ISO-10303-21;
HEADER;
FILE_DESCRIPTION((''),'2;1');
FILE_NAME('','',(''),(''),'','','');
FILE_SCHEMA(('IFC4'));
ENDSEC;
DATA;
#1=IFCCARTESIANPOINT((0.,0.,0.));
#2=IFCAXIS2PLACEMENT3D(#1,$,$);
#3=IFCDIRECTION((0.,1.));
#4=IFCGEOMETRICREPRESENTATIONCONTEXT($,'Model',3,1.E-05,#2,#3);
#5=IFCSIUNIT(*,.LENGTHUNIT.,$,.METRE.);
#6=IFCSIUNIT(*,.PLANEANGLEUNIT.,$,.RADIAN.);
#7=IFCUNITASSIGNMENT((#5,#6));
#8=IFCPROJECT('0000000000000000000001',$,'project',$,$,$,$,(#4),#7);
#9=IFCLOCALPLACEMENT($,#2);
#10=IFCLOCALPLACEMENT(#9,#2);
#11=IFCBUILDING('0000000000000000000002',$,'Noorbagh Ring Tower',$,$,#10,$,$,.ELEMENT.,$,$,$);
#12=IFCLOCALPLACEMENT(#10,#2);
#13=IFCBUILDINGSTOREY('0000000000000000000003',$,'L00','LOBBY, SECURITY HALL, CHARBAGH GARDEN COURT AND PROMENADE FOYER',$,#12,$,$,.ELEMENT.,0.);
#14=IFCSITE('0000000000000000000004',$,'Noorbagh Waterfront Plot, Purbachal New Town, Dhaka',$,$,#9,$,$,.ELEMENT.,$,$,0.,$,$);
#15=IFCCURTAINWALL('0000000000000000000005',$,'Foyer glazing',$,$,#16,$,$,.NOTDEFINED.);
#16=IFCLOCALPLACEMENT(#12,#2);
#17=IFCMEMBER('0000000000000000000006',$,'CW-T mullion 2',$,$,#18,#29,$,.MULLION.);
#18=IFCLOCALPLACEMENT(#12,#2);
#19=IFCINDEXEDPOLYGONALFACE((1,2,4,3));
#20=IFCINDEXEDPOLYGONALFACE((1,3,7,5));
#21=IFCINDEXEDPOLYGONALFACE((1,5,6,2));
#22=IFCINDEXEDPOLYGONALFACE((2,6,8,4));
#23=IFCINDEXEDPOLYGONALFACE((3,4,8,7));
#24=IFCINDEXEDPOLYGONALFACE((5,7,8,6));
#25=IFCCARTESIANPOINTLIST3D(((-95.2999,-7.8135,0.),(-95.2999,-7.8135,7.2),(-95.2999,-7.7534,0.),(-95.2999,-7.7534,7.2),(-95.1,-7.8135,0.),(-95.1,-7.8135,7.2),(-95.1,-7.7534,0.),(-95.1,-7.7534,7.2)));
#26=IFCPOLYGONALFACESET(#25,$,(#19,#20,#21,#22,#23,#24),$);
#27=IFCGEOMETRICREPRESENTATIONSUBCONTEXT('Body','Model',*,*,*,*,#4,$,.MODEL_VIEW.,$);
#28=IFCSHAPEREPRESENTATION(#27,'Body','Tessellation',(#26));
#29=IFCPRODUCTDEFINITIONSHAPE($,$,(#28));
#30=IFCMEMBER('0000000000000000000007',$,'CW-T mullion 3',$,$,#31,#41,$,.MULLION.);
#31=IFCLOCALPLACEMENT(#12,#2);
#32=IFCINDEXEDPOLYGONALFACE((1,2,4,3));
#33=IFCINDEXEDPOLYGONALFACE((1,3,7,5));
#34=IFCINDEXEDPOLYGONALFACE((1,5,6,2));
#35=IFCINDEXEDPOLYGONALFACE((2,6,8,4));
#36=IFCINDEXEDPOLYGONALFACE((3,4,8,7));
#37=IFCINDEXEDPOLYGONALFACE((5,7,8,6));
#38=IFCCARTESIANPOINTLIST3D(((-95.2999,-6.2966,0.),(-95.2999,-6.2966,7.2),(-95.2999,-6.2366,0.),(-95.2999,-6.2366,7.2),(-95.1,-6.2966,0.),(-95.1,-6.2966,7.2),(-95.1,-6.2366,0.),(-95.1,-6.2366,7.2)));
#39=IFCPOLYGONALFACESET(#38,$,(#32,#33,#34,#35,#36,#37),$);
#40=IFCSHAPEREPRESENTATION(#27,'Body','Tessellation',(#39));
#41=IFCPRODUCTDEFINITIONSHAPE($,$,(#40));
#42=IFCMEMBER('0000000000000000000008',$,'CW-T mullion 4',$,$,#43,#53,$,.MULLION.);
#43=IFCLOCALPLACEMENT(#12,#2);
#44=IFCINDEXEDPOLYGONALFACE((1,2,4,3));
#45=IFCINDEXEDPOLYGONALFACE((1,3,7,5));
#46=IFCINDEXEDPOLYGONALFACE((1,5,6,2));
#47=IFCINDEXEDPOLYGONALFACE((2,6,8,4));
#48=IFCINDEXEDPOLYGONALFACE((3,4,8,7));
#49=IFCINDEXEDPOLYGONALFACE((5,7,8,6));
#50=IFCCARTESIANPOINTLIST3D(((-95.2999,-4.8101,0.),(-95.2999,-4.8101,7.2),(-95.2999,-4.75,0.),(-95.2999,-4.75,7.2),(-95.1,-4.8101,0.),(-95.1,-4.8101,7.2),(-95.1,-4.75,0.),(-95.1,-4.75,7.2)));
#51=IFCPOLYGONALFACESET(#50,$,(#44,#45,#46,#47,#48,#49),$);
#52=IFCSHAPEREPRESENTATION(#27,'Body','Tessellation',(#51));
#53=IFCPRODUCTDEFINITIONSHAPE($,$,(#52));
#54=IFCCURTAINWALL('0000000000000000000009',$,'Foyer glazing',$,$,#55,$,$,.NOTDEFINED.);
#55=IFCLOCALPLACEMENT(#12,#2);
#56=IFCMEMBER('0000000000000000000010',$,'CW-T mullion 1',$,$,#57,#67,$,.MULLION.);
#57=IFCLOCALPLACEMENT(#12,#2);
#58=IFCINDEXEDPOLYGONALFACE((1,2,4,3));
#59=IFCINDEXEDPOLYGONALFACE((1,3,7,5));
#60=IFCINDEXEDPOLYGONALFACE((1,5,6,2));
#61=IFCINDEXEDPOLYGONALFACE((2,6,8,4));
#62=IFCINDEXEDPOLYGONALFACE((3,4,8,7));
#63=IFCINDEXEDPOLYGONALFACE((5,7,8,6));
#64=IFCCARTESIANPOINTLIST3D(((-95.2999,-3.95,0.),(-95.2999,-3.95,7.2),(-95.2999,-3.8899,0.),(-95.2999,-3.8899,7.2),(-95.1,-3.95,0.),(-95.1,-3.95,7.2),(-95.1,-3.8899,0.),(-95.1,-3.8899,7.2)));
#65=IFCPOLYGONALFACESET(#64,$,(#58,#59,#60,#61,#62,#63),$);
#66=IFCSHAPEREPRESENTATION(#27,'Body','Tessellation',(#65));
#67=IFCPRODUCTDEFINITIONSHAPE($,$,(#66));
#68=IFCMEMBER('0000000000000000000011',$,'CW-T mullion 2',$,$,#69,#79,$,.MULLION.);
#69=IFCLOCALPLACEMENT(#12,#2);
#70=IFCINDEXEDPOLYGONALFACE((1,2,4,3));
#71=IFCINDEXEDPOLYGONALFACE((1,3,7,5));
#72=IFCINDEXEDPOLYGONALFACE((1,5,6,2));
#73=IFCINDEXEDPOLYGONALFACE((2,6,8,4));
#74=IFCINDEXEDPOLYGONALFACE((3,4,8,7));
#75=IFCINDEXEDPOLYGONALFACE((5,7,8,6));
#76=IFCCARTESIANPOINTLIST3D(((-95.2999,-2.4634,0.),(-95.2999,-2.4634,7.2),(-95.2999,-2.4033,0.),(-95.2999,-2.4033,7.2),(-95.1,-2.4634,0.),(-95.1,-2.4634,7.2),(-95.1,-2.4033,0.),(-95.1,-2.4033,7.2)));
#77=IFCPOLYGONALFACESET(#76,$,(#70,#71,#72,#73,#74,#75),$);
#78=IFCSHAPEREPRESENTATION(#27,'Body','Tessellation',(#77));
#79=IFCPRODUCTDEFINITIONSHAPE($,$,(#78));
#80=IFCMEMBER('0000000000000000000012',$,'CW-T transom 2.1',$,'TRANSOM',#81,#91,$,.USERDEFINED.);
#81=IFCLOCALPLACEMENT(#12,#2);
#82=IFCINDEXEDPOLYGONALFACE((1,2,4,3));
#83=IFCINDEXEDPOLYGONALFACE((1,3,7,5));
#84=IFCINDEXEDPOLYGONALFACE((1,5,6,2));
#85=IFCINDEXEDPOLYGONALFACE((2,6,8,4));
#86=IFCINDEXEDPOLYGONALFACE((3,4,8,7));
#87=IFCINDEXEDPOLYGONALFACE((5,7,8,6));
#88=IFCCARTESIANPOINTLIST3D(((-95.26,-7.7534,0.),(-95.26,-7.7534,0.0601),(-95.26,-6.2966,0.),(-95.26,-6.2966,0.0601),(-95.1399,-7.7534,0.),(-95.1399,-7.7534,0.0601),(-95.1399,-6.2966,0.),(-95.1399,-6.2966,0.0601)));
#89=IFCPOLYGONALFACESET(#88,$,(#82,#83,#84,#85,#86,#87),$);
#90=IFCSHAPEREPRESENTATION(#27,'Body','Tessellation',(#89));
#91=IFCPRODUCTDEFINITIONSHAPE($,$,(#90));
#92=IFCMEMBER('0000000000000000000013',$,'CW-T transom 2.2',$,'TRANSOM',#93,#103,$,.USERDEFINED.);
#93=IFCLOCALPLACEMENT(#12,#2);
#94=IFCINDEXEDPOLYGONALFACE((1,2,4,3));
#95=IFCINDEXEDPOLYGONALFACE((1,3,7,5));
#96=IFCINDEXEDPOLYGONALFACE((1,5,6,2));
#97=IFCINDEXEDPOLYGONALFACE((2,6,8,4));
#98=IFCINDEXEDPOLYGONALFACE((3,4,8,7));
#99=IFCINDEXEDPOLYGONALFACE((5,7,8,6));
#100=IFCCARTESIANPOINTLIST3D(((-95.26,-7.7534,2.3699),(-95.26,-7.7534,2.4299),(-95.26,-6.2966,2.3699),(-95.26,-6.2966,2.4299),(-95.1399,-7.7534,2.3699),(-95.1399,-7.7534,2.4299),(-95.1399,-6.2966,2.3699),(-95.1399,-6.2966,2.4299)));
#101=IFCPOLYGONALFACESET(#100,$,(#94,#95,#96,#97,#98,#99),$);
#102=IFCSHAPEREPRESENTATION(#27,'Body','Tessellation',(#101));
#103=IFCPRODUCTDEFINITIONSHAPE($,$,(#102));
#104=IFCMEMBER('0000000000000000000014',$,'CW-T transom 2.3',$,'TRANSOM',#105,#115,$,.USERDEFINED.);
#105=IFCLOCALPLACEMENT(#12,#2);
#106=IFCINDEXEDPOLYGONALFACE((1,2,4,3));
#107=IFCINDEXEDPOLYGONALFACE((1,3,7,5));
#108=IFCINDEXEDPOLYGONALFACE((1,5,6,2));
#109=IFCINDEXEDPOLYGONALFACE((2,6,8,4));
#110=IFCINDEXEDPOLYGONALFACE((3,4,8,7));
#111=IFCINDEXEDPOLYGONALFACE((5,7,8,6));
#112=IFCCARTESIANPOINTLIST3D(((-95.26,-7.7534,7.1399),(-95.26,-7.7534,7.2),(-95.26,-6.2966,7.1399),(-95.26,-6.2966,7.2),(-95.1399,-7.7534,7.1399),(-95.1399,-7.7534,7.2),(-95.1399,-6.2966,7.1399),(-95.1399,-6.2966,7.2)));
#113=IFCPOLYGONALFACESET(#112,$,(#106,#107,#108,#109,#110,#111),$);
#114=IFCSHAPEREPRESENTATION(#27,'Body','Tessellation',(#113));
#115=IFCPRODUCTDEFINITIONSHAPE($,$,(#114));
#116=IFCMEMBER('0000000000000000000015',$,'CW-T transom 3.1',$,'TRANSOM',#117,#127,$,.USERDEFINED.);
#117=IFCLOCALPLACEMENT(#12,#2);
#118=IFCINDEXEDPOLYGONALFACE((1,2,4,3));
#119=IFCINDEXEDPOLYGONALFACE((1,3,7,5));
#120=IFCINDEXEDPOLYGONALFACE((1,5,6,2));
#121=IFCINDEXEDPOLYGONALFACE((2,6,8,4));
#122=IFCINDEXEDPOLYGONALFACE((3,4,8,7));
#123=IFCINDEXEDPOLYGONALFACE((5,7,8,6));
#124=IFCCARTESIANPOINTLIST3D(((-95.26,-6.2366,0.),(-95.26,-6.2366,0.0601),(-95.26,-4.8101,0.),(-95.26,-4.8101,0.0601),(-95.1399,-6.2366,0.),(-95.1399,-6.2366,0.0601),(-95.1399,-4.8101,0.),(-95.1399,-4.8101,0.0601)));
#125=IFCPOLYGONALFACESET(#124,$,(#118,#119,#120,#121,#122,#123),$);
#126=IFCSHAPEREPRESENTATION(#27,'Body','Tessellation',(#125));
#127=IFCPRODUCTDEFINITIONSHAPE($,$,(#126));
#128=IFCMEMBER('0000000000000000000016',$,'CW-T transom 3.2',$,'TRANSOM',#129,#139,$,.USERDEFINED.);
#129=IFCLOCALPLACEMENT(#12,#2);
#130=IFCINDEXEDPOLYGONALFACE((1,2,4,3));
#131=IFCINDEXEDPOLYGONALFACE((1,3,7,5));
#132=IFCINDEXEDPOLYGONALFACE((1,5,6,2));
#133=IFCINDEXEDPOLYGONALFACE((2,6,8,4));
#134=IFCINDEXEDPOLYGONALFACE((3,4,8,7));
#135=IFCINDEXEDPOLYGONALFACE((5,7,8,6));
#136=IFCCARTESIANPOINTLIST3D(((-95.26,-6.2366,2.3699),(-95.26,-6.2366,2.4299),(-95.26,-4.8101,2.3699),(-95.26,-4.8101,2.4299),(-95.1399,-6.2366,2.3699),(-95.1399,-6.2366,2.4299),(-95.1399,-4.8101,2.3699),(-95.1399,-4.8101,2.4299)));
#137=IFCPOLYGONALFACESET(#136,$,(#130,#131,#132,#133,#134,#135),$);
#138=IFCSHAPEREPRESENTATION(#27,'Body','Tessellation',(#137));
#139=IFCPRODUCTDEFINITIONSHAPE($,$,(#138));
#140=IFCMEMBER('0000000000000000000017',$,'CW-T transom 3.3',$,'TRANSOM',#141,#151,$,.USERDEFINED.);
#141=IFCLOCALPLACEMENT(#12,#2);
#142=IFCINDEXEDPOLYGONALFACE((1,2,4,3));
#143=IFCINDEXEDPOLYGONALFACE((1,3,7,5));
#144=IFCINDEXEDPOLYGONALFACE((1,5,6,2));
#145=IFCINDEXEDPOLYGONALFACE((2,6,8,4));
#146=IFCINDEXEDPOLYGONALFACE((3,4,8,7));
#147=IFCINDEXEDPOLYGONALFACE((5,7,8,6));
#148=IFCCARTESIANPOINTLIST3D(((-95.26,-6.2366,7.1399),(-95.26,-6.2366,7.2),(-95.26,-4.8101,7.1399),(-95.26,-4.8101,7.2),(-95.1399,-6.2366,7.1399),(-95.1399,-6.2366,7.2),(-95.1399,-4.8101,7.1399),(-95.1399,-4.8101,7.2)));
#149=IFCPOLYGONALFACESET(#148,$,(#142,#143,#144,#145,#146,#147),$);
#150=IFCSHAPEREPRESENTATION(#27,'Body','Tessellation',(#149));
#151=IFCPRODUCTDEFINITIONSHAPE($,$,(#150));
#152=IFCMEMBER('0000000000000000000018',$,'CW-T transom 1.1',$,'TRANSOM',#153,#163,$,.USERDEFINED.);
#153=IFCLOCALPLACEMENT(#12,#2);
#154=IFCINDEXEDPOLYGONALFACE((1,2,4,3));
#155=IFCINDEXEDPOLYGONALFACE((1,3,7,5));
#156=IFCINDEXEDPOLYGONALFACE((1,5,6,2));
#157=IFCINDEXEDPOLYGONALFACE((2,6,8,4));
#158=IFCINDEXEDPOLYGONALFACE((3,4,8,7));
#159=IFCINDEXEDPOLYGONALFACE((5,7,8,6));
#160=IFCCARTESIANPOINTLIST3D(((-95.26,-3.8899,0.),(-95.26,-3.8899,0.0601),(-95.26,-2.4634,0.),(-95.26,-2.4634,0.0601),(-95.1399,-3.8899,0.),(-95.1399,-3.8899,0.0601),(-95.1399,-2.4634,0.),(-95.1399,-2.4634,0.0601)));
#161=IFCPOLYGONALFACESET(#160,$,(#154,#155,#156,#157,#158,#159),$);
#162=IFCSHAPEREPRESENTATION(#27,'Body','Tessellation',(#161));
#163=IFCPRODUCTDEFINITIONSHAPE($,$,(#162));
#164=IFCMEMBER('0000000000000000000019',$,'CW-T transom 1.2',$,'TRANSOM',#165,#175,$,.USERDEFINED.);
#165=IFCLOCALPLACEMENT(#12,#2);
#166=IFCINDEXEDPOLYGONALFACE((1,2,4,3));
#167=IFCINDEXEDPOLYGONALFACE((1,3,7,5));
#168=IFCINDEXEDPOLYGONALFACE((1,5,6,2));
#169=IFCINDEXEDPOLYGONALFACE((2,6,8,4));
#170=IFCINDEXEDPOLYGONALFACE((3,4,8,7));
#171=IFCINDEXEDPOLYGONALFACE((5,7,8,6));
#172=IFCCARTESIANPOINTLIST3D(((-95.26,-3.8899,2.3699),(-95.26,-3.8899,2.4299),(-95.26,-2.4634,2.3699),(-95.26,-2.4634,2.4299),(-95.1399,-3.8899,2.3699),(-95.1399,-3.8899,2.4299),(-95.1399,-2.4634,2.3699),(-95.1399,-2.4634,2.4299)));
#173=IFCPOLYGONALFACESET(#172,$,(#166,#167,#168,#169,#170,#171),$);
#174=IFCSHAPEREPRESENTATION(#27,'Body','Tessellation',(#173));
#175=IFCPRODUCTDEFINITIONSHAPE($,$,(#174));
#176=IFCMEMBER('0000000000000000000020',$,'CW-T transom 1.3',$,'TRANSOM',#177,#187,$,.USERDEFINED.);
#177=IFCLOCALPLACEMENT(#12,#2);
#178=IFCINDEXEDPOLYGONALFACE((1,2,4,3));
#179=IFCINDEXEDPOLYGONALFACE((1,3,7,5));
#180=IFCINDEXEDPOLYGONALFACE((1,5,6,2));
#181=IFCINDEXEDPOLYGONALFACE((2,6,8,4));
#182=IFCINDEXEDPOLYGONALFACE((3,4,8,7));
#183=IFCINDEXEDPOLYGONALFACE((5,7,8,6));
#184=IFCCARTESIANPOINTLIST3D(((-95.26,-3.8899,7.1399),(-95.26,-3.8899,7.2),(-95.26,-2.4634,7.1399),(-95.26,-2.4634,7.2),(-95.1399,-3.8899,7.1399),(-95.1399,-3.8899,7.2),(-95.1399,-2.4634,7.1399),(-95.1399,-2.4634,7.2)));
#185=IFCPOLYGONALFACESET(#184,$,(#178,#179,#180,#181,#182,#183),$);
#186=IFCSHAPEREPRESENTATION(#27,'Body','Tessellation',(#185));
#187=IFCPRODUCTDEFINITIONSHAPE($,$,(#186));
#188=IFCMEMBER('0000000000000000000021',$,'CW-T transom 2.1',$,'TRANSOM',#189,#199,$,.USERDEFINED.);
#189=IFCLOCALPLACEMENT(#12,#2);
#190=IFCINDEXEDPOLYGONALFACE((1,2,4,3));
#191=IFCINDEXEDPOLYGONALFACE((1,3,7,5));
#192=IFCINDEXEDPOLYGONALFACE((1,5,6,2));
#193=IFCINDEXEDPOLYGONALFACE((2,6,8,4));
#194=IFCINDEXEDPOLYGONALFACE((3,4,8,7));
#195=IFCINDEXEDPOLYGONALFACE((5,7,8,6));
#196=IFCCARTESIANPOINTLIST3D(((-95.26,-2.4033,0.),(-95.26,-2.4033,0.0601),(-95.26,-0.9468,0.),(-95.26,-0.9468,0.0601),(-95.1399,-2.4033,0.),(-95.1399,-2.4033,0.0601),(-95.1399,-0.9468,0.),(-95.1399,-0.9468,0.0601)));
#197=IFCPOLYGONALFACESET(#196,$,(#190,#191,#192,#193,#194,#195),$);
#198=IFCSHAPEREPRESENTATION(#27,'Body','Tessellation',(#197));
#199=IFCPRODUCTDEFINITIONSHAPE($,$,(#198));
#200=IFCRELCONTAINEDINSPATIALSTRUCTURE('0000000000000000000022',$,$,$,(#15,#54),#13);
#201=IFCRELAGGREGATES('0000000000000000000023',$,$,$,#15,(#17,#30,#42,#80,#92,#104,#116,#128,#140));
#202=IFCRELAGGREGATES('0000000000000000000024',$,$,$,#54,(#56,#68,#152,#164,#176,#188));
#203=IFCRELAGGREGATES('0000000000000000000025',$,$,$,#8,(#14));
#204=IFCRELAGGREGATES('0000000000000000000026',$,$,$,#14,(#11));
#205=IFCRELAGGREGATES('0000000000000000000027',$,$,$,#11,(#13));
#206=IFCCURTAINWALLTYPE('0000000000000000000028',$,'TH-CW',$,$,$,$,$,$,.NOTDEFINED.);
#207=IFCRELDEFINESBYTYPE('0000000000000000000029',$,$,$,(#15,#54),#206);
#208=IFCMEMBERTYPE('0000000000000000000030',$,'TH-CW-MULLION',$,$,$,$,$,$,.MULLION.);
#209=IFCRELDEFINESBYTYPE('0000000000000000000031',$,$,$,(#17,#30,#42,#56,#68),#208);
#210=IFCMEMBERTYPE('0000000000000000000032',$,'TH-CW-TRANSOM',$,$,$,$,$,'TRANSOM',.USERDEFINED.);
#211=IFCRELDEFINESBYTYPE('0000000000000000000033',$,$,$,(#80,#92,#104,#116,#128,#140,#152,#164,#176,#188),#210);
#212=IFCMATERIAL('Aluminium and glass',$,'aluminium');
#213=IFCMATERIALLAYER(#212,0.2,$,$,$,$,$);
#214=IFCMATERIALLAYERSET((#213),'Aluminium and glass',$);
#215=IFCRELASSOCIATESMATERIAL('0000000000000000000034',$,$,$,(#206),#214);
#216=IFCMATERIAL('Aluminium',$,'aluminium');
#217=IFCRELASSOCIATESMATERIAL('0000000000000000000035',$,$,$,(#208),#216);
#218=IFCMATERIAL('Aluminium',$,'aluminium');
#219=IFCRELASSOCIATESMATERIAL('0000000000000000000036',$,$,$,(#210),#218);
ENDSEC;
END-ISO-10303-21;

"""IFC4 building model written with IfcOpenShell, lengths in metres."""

from ifc_helpers import new_model, si_unit, direction, frame, origin, origin_2d, place, context, subcontext, project, spatial, rectangle, extrude, material, layer, layer_set, material_profile, profile_set, type_object, element, aggregate, save


model = new_model("IFC4")

# Units and contexts
model_context = context("Model", 3, precision=1e-05, world=origin(), true_north=direction((0.0, 1.0)))
body_context = subcontext(model_context, "Body", "Model", "MODEL_VIEW")
ifc_project = project(units=[si_unit("LENGTHUNIT", "METRE"), si_unit("PLANEANGLEUNIT", "RADIAN")], contexts=[model_context])

# Site, building, storey
site_placement = place(None, origin())
site = spatial("IfcSite", under=ifc_project, at=site_placement, Name="Noorbagh Waterfront Plot, Purbachal New Town, Dhaka", CompositionType="ELEMENT", RefElevation=0.0)
building_placement = place(site_placement, origin())
building = spatial("IfcBuilding", under=site, at=building_placement, Name="Noorbagh Ring Tower", CompositionType="ELEMENT")
storey_placement = place(building_placement, origin())
storey = spatial("IfcBuildingStorey", under=building, at=storey_placement, Name="L00", Description="LOBBY, SECURITY HALL, CHARBAGH GARDEN COURT AND PROMENADE FOYER", CompositionType="ELEMENT", Elevation=0.0)

# Curtain walls, members
ifc_material_1 = material(Name="Aluminium and glass", Category="aluminium")
ifc_layer_1 = layer(ifc_material_1, 0.2)
ifc_layer_set_1 = layer_set([ifc_layer_1], Name="Aluminium and glass")
curtain_wall_type = type_object("IfcCurtainWallType", Name="TH-CW", PredefinedType="NOTDEFINED", material=ifc_layer_set_1)
curtain_wall_1_placement = place(storey_placement, origin())
curtain_wall_1 = element("IfcCurtainWall", 1, at=curtain_wall_1_placement, inside=storey, type_object=curtain_wall_type, Name="Foyer glazing", PredefinedType="NOTDEFINED")
ifc_material_2 = material(Name="Aluminium", Category="aluminium")
ifc_material_profile_1 = material_profile(ifc_material_2, rectangle(XDim=0.2, YDim=0.0601, at=origin_2d()), Name="AL 200x60")
ifc_profile_set_1 = profile_set([ifc_material_profile_1], Name="Aluminium")
member_type_1 = type_object("IfcMemberType", Name="TH-CW-MULLION", PredefinedType="MULLION", material=ifc_profile_set_1)
member_1_placement = place(storey_placement, frame((-95.2, -7.7834, 0.0), z_axis=(0.0, 0.0, 1.0), x_axis=(-1.0, 0.0, 0.0)))
member_1 = element("IfcMember", 2, at=member_1_placement, type_object=member_type_1, Name="CW-T mullion 2", PredefinedType="MULLION", context=body_context, shape_type="SweptSolid", body=[
    extrude(rectangle(XDim=0.2, YDim=0.0601, at=origin_2d()), origin(), (0.0, 0.0, 1.0), 7.2),
])
member_2_placement = place(storey_placement, frame((-95.2, -6.2666, 0.0), z_axis=(0.0, 0.0, 1.0), x_axis=(-1.0, 0.0, 0.0)))
member_2 = element("IfcMember", 3, at=member_2_placement, type_object=member_type_1, Name="CW-T mullion 3", PredefinedType="MULLION", context=body_context, shape_type="SweptSolid", body=[
    extrude(rectangle(XDim=0.2, YDim=0.0601, at=origin_2d()), origin(), (0.0, 0.0, 1.0), 7.2),
])
member_3_placement = place(storey_placement, frame((-95.2, -4.78, 0.0), z_axis=(0.0, 0.0, 1.0), x_axis=(-1.0, 0.0, 0.0)))
member_3 = element("IfcMember", 4, at=member_3_placement, type_object=member_type_1, Name="CW-T mullion 4", PredefinedType="MULLION", context=body_context, shape_type="SweptSolid", body=[
    extrude(rectangle(XDim=0.2, YDim=0.0601, at=origin_2d()), origin(), (0.0, 0.0, 1.0), 7.2),
])
curtain_wall_2_placement = place(storey_placement, origin())
curtain_wall_2 = element("IfcCurtainWall", 5, at=curtain_wall_2_placement, inside=storey, type_object=curtain_wall_type, Name="Foyer glazing", PredefinedType="NOTDEFINED")
member_4_placement = place(storey_placement, frame((-95.2, -3.9199, 0.0), z_axis=(0.0, 0.0, 1.0), x_axis=(-1.0, 0.0, 0.0)))
member_4 = element("IfcMember", 6, at=member_4_placement, type_object=member_type_1, Name="CW-T mullion 1", PredefinedType="MULLION", context=body_context, shape_type="SweptSolid", body=[
    extrude(rectangle(XDim=0.2, YDim=0.0601, at=origin_2d()), origin(), (0.0, 0.0, 1.0), 7.2),
])
member_5_placement = place(storey_placement, frame((-95.2, -2.4333, 0.0), z_axis=(0.0, 0.0, 1.0), x_axis=(-1.0, 0.0, 0.0)))
member_5 = element("IfcMember", 7, at=member_5_placement, type_object=member_type_1, Name="CW-T mullion 2", PredefinedType="MULLION", context=body_context, shape_type="SweptSolid", body=[
    extrude(rectangle(XDim=0.2, YDim=0.0601, at=origin_2d()), origin(), (0.0, 0.0, 1.0), 7.2),
])

# Members
ifc_material_3 = material(Name="Aluminium", Category="aluminium")
ifc_material_profile_2 = material_profile(ifc_material_3, rectangle(XDim=0.1201, YDim=0.0601, at=origin_2d()), Name="AL 120x60")
ifc_profile_set_2 = profile_set([ifc_material_profile_2], Name="Aluminium")
member_type_2 = type_object("IfcMemberType", Name="TH-CW-TRANSOM", ElementType="TRANSOM", PredefinedType="USERDEFINED", material=ifc_profile_set_2)
member_6_placement = place(storey_placement, frame((-95.2, -7.7534, 0.03), z_axis=(0.0, 1.0, 0.0), x_axis=(-1.0, 0.0, 0.0)))
member_6 = element("IfcMember", 8, at=member_6_placement, type_object=member_type_2, Name="CW-T transom 2.1", ObjectType="TRANSOM", PredefinedType="USERDEFINED", context=body_context, shape_type="SweptSolid", body=[
    extrude(rectangle(XDim=0.1201, YDim=0.0601, at=origin_2d()), origin(), (0.0, 0.0, 1.0), 1.4568),
])
member_7_placement = place(storey_placement, frame((-95.2, -7.7534, 2.3999), z_axis=(0.0, 1.0, 0.0), x_axis=(-1.0, 0.0, 0.0)))
member_7 = element("IfcMember", 9, at=member_7_placement, type_object=member_type_2, Name="CW-T transom 2.2", ObjectType="TRANSOM", PredefinedType="USERDEFINED", context=body_context, shape_type="SweptSolid", body=[
    extrude(rectangle(XDim=0.1201, YDim=0.0601, at=origin_2d()), origin(), (0.0, 0.0, 1.0), 1.4568),
])
member_8_placement = place(storey_placement, frame((-95.2, -7.7534, 7.1699), z_axis=(0.0, 1.0, 0.0), x_axis=(-1.0, 0.0, 0.0)))
member_8 = element("IfcMember", 10, at=member_8_placement, type_object=member_type_2, Name="CW-T transom 2.3", ObjectType="TRANSOM", PredefinedType="USERDEFINED", context=body_context, shape_type="SweptSolid", body=[
    extrude(rectangle(XDim=0.1201, YDim=0.0601, at=origin_2d()), origin(), (0.0, 0.0, 1.0), 1.4568),
])
member_9_placement = place(storey_placement, frame((-95.2, -6.2366, 0.03), z_axis=(0.0, 1.0, 0.0), x_axis=(-1.0, 0.0, 0.0)))
member_9 = element("IfcMember", 11, at=member_9_placement, type_object=member_type_2, Name="CW-T transom 3.1", ObjectType="TRANSOM", PredefinedType="USERDEFINED", context=body_context, shape_type="SweptSolid", body=[
    extrude(rectangle(XDim=0.1201, YDim=0.0601, at=origin_2d()), origin(), (0.0, 0.0, 1.0), 1.4265),
])
member_10_placement = place(storey_placement, frame((-95.2, -6.2366, 2.3999), z_axis=(0.0, 1.0, 0.0), x_axis=(-1.0, 0.0, 0.0)))
member_10 = element("IfcMember", 12, at=member_10_placement, type_object=member_type_2, Name="CW-T transom 3.2", ObjectType="TRANSOM", PredefinedType="USERDEFINED", context=body_context, shape_type="SweptSolid", body=[
    extrude(rectangle(XDim=0.1201, YDim=0.0601, at=origin_2d()), origin(), (0.0, 0.0, 1.0), 1.4265),
])
member_11_placement = place(storey_placement, frame((-95.2, -6.2366, 7.1699), z_axis=(0.0, 1.0, 0.0), x_axis=(-1.0, 0.0, 0.0)))
member_11 = element("IfcMember", 13, at=member_11_placement, type_object=member_type_2, Name="CW-T transom 3.3", ObjectType="TRANSOM", PredefinedType="USERDEFINED", context=body_context, shape_type="SweptSolid", body=[
    extrude(rectangle(XDim=0.1201, YDim=0.0601, at=origin_2d()), origin(), (0.0, 0.0, 1.0), 1.4265),
])
member_12_placement = place(storey_placement, frame((-95.2, -3.8899, 0.03), z_axis=(0.0, 1.0, 0.0), x_axis=(-1.0, 0.0, 0.0)))
member_12 = element("IfcMember", 14, at=member_12_placement, type_object=member_type_2, Name="CW-T transom 1.1", ObjectType="TRANSOM", PredefinedType="USERDEFINED", context=body_context, shape_type="SweptSolid", body=[
    extrude(rectangle(XDim=0.1201, YDim=0.0601, at=origin_2d()), origin(), (0.0, 0.0, 1.0), 1.4265),
])
member_13_placement = place(storey_placement, frame((-95.2, -3.8899, 2.3999), z_axis=(0.0, 1.0, 0.0), x_axis=(-1.0, 0.0, 0.0)))
member_13 = element("IfcMember", 15, at=member_13_placement, type_object=member_type_2, Name="CW-T transom 1.2", ObjectType="TRANSOM", PredefinedType="USERDEFINED", context=body_context, shape_type="SweptSolid", body=[
    extrude(rectangle(XDim=0.1201, YDim=0.0601, at=origin_2d()), origin(), (0.0, 0.0, 1.0), 1.4265),
])
member_14_placement = place(storey_placement, frame((-95.2, -3.8899, 7.1699), z_axis=(0.0, 1.0, 0.0), x_axis=(-1.0, 0.0, 0.0)))
member_14 = element("IfcMember", 16, at=member_14_placement, type_object=member_type_2, Name="CW-T transom 1.3", ObjectType="TRANSOM", PredefinedType="USERDEFINED", context=body_context, shape_type="SweptSolid", body=[
    extrude(rectangle(XDim=0.1201, YDim=0.0601, at=origin_2d()), origin(), (0.0, 0.0, 1.0), 1.4265),
])
member_15_placement = place(storey_placement, frame((-95.2, -2.4033, 0.03), z_axis=(0.0, 1.0, 0.0), x_axis=(-1.0, 0.0, 0.0)))
member_15 = element("IfcMember", 17, at=member_15_placement, type_object=member_type_2, Name="CW-T transom 2.1", ObjectType="TRANSOM", PredefinedType="USERDEFINED", context=body_context, shape_type="SweptSolid", body=[
    extrude(rectangle(XDim=0.1201, YDim=0.0601, at=origin_2d()), origin(), (0.0, 0.0, 1.0), 1.4565),
])

aggregate(curtain_wall_1, [member_1, member_2, member_3, member_6, member_7, member_8, member_9, member_10, member_11])
aggregate(curtain_wall_2, [member_4, member_5, member_12, member_13, member_14, member_15])

save(model, "model.ifc")
